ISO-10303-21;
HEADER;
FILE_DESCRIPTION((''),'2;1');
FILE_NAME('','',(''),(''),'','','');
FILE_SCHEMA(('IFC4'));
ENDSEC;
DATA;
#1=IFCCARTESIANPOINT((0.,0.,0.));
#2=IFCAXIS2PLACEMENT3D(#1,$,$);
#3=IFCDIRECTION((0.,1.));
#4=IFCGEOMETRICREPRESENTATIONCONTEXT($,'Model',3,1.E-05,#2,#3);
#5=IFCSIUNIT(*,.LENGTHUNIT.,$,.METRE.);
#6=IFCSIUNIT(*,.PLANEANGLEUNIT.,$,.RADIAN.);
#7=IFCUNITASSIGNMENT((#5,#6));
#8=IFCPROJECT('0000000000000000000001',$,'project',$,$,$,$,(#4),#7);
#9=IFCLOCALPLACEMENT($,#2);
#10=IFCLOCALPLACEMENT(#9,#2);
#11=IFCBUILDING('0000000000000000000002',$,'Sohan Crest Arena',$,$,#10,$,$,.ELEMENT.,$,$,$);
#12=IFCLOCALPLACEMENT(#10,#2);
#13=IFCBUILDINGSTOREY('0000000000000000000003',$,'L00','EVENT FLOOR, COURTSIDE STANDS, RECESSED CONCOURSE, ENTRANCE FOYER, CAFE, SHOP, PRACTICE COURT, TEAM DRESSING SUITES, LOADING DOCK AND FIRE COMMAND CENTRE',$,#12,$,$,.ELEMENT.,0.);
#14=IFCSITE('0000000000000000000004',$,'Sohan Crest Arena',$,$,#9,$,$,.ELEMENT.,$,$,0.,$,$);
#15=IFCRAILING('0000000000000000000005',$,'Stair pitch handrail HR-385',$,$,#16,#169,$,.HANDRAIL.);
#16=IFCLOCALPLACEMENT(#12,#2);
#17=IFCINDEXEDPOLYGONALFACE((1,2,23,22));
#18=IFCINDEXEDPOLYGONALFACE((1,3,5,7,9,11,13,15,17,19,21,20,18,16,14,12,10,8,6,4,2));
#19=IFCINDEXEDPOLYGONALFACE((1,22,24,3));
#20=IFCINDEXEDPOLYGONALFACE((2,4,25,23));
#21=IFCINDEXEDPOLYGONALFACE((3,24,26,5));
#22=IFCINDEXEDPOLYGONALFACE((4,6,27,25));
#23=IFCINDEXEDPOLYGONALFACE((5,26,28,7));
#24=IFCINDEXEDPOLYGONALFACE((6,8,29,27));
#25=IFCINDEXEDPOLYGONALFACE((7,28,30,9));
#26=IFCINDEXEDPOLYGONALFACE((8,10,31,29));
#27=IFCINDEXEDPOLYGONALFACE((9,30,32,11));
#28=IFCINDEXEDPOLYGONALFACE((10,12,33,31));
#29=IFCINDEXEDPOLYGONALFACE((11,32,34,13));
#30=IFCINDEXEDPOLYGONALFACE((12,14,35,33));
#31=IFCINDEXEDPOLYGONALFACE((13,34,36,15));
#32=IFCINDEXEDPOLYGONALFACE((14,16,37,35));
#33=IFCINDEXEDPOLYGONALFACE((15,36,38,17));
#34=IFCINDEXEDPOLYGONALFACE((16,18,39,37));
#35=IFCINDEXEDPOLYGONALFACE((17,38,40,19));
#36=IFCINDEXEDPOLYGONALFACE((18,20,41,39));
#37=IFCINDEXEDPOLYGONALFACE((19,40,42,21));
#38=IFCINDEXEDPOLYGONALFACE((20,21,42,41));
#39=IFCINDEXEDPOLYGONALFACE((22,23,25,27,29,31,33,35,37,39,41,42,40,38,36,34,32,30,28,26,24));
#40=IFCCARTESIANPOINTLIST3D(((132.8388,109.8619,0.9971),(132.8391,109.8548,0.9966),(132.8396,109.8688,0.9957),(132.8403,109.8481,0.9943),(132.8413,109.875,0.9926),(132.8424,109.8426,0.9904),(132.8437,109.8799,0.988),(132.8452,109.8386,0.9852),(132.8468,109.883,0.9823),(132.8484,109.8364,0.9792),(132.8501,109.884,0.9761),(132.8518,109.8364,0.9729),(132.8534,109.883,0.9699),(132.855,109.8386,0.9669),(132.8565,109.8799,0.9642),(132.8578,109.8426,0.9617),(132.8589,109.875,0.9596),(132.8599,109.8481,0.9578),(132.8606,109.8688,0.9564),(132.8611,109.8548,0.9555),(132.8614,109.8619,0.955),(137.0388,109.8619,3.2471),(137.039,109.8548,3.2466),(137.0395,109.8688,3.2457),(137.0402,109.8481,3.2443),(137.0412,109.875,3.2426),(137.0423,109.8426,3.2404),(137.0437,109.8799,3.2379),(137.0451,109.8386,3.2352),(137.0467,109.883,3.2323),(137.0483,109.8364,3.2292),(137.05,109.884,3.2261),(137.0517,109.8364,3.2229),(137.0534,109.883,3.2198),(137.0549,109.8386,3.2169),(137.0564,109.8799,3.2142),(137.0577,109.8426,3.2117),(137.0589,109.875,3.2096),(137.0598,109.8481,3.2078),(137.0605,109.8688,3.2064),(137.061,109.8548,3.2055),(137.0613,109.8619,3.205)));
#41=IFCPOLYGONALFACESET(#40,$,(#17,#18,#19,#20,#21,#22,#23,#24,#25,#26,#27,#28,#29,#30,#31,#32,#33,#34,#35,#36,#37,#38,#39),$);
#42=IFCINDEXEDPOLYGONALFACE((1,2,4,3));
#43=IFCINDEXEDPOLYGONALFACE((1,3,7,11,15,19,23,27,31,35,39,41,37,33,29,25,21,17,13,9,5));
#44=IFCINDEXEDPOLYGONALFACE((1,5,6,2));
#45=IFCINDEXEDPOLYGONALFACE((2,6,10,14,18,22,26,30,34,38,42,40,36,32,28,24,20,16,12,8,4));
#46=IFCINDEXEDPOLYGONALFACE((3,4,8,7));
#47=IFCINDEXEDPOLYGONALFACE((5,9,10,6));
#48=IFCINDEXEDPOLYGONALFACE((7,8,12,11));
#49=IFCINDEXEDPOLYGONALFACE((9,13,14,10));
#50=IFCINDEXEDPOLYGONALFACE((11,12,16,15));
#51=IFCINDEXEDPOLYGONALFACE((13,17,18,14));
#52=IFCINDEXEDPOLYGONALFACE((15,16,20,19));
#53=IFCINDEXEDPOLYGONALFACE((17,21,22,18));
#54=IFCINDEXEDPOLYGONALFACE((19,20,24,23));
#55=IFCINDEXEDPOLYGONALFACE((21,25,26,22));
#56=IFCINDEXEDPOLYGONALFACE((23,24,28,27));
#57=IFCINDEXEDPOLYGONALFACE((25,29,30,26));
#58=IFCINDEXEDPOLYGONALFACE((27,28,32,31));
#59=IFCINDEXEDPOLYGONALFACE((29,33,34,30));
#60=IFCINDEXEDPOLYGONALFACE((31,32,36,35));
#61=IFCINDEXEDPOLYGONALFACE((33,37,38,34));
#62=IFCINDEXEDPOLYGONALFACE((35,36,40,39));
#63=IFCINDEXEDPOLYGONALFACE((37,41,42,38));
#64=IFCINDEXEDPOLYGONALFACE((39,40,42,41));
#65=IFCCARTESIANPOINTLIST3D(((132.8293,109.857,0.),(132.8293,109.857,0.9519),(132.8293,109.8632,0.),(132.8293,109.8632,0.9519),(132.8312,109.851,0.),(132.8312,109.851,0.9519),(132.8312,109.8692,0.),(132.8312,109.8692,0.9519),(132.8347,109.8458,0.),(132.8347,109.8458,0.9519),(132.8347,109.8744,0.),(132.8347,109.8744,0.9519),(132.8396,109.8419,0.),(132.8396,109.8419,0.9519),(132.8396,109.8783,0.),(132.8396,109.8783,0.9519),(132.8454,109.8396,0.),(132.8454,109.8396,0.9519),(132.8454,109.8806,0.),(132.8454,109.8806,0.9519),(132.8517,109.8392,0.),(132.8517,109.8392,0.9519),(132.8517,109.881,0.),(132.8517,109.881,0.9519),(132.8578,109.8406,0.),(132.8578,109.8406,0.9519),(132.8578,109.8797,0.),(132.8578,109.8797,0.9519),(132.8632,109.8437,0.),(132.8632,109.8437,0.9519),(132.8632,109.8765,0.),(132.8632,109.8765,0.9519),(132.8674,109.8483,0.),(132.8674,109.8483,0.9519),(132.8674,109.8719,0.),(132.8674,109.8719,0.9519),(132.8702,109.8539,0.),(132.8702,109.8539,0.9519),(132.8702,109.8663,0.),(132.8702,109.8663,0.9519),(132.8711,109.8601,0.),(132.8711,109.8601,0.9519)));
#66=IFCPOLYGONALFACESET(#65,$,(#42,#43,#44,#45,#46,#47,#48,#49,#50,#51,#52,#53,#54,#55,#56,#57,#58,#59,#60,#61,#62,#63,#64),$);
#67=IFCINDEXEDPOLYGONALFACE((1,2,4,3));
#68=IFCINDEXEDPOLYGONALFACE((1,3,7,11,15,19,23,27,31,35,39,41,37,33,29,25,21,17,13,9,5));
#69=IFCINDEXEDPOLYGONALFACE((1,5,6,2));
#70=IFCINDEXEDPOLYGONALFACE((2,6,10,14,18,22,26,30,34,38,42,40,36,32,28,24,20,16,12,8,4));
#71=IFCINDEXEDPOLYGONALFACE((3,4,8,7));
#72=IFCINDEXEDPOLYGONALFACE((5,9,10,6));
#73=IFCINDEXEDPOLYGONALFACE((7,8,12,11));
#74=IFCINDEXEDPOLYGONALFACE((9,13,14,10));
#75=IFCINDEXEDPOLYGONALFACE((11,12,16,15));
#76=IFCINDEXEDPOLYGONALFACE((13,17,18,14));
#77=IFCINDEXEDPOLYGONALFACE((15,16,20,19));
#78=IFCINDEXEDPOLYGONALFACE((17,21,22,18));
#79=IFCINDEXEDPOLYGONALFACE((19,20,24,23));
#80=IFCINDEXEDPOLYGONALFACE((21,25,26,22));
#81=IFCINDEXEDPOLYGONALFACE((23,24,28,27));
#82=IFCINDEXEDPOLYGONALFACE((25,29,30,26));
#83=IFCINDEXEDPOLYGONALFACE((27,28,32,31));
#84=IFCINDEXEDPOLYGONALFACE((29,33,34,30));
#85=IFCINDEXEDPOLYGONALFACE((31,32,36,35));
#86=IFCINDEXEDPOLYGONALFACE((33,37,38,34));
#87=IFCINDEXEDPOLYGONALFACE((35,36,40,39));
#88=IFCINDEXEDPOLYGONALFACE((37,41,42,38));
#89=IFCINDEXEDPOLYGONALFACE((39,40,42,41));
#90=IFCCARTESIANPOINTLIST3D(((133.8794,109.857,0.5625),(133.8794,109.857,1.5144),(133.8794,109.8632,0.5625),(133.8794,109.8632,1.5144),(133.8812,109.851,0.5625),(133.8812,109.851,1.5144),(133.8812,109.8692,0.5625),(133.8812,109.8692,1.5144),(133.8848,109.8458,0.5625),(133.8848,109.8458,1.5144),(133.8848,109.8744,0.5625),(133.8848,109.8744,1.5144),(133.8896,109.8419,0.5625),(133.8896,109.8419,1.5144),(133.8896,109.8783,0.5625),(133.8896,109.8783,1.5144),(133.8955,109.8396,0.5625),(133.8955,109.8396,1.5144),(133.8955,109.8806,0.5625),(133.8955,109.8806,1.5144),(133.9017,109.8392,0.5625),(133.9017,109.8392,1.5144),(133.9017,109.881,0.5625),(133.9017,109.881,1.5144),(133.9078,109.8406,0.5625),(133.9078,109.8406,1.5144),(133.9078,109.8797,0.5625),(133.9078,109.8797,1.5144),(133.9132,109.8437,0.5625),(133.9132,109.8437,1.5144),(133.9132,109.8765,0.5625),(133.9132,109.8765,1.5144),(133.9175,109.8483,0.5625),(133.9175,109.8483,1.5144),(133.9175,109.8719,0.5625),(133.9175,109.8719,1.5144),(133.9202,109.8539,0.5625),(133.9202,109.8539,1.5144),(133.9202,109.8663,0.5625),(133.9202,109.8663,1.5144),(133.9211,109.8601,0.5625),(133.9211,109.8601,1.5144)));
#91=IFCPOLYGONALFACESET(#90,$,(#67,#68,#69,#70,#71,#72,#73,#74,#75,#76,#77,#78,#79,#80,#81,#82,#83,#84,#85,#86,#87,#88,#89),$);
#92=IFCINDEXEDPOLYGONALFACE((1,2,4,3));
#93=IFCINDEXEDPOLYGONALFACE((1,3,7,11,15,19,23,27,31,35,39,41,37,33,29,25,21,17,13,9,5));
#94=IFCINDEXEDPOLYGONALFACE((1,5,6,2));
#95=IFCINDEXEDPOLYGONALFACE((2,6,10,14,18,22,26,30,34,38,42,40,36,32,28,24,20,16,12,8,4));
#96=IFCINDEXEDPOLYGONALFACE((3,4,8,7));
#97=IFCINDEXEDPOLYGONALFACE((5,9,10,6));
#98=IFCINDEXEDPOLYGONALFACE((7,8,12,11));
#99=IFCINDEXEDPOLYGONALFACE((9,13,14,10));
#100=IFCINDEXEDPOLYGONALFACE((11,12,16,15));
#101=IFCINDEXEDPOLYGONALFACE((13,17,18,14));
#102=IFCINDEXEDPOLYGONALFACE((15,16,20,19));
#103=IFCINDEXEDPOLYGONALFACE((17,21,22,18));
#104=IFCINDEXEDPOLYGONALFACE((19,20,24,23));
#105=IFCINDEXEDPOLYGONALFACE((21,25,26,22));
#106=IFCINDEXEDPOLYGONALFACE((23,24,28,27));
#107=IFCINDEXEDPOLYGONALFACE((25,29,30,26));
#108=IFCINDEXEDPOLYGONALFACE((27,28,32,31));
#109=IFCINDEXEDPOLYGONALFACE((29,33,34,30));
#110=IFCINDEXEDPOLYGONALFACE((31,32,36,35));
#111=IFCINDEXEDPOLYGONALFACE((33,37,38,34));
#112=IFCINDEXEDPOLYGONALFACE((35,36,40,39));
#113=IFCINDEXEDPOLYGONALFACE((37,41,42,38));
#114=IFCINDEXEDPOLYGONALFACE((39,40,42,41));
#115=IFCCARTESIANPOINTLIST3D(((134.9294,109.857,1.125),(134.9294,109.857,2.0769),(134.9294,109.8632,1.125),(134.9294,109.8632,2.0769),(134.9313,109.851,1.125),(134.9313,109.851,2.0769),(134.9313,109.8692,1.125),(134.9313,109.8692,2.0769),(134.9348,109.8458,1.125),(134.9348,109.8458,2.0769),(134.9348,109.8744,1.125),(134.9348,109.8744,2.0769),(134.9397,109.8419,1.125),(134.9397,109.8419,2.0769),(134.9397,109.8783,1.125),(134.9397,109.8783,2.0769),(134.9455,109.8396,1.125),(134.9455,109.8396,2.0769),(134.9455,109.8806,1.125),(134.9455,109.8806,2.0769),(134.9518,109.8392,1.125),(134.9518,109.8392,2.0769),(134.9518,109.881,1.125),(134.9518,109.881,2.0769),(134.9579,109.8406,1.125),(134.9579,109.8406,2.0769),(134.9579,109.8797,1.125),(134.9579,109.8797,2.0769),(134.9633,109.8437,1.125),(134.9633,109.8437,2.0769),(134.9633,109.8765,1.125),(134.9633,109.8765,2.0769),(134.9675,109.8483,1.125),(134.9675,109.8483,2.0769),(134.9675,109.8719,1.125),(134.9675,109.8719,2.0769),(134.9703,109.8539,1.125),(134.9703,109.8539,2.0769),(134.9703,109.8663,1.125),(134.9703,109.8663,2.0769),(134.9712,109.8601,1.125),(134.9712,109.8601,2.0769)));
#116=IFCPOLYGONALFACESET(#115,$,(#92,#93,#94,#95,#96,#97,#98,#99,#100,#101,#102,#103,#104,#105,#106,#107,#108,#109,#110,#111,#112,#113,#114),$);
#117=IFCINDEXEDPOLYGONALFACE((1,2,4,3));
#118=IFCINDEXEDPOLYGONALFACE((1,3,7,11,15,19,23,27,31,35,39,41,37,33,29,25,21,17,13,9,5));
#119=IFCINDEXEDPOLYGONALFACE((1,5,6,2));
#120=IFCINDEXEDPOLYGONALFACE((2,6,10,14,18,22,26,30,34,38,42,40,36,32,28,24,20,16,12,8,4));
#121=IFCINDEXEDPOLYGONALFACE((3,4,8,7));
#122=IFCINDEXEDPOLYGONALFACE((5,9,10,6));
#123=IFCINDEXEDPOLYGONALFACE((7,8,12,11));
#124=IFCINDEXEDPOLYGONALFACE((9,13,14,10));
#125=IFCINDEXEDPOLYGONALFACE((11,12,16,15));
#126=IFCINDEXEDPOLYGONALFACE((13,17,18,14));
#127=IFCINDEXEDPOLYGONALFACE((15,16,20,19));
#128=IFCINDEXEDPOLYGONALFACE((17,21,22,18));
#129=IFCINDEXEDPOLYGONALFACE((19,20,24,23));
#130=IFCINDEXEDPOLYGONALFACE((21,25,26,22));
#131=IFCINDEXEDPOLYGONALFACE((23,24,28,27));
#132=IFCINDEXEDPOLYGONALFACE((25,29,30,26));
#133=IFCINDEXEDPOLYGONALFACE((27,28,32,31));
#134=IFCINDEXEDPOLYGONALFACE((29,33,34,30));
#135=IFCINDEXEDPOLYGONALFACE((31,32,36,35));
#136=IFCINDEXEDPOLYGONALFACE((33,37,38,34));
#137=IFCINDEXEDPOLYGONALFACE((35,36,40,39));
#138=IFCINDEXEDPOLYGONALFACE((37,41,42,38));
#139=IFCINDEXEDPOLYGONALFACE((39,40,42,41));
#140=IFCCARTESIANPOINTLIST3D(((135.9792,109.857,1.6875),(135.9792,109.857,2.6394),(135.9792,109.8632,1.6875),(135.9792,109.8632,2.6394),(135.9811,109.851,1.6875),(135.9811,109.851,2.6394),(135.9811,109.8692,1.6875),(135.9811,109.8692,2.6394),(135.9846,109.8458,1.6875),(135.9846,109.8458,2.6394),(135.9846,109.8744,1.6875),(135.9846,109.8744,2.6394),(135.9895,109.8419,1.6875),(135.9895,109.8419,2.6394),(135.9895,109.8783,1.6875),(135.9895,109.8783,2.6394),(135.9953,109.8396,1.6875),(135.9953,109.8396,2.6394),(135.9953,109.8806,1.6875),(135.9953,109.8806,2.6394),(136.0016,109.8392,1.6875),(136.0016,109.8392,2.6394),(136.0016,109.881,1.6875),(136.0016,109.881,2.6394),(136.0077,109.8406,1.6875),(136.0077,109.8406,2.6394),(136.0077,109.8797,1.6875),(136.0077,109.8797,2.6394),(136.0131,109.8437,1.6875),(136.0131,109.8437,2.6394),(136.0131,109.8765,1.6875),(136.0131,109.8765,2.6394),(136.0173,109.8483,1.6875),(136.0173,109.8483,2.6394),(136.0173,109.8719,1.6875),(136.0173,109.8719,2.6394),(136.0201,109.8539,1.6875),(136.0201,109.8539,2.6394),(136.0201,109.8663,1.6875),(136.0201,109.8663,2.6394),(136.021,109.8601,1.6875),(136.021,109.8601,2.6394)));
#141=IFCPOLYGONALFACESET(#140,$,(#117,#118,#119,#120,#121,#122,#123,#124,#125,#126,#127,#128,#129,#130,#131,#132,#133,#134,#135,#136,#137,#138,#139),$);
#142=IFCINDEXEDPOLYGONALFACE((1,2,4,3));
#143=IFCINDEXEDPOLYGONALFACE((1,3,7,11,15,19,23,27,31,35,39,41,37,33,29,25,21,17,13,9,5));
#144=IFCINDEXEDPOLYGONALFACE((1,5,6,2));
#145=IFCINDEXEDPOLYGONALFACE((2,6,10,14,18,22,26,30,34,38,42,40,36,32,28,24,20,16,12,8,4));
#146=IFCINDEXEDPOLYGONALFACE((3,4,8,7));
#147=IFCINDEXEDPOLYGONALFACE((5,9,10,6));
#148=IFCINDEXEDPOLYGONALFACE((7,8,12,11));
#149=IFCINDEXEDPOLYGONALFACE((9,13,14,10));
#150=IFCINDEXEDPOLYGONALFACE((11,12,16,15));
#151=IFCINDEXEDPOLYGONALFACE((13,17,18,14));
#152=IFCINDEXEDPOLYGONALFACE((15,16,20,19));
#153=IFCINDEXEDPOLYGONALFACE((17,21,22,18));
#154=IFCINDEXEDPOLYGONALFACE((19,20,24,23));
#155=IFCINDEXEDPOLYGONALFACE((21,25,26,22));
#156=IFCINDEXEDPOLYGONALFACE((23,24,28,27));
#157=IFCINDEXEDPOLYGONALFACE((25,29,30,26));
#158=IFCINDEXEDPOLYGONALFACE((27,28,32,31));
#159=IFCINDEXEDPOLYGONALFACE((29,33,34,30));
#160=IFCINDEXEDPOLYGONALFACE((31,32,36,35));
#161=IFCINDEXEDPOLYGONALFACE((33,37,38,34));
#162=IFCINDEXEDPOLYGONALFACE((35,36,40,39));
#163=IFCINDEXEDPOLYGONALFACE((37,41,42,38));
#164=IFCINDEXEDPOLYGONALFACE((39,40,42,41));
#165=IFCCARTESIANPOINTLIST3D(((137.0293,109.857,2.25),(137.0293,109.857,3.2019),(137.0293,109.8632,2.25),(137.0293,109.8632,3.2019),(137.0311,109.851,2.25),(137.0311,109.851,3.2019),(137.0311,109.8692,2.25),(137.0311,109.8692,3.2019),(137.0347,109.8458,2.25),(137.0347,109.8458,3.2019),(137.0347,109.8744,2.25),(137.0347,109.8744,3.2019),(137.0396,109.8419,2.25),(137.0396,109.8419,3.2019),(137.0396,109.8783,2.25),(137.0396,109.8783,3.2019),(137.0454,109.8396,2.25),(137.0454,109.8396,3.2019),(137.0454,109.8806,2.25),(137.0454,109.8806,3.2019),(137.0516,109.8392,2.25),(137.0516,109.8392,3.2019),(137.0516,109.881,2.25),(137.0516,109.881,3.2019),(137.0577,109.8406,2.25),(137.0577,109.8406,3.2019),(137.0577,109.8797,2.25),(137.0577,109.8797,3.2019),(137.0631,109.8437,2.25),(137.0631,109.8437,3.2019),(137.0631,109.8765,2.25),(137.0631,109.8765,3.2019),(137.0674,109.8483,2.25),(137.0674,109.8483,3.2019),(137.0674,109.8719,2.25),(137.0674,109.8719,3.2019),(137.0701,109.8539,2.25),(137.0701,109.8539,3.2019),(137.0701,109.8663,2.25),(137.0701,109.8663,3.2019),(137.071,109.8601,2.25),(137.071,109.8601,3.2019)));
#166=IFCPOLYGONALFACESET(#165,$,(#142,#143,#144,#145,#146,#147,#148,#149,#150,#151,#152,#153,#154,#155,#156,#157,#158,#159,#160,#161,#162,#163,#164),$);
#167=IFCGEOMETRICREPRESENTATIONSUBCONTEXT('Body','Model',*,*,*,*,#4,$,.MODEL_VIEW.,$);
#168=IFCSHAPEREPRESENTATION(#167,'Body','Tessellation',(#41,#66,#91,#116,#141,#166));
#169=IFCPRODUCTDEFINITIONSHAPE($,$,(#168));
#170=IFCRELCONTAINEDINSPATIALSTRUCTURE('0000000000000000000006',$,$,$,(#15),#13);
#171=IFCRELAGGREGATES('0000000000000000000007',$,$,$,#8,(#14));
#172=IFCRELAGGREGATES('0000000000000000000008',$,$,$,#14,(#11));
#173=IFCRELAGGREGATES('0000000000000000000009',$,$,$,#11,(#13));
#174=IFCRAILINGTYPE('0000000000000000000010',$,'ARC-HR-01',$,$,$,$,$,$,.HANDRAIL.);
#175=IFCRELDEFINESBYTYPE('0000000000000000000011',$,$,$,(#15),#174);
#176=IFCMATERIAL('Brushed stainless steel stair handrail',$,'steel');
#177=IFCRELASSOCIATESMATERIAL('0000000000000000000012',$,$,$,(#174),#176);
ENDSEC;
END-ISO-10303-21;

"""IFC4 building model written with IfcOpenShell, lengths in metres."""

from ifc_helpers import new_model, si_unit, direction, frame, origin, origin_2d, place, context, subcontext, project, spatial, circle, extrude, material, type_object, element, save


model = new_model("IFC4")

# Units and contexts
model_context = context("Model", 3, precision=1e-05, world=origin(), true_north=direction((0.0, 1.0)))
body_context = subcontext(model_context, "Body", "Model", "MODEL_VIEW")
ifc_project = project(units=[si_unit("LENGTHUNIT", "METRE"), si_unit("PLANEANGLEUNIT", "RADIAN")], contexts=[model_context])

# Site, building, storey
site_placement = place(None, origin())
site = spatial("IfcSite", under=ifc_project, at=site_placement, Name="Sohan Crest Arena", CompositionType="ELEMENT", RefElevation=0.0)
building_placement = place(site_placement, origin())
building = spatial("IfcBuilding", under=site, at=building_placement, Name="Sohan Crest Arena", CompositionType="ELEMENT")
storey_placement = place(building_placement, origin())
storey = spatial("IfcBuildingStorey", under=building, at=storey_placement, Name="L00", Description="EVENT FLOOR, COURTSIDE STANDS, RECESSED CONCOURSE, ENTRANCE FOYER, CAFE, SHOP, PRACTICE COURT, TEAM DRESSING SUITES, LOADING DOCK AND FIRE COMMAND CENTRE", CompositionType="ELEMENT", Elevation=0.0)

# Railing
ifc_material_1 = material(Name="Brushed stainless steel stair handrail", Category="steel")
railing_type_1 = type_object("IfcRailingType", Name="ARC-HR-01", PredefinedType="HANDRAIL", material=ifc_material_1)
for number, where, name in (
    (1, (132.8501, 109.8601, 0.0), "Stair pitch handrail HR-385"),
):
    element("IfcRailing", number, at=place(storey_placement, frame(where)), inside=storey, type_object=railing_type_1, Name=name, PredefinedType="HANDRAIL", context=body_context, shape_type="SweptSolid", body=[
        extrude(circle(Radius=0.0239, at=origin_2d()), frame((0.0, 0.0, 0.9761), z_axis=(0.881478, 0.0, 0.472226), x_axis=(0.0, 1.0, 0.0)), (0.0, 0.0, 1.0), 4.7646),
        extrude(circle(Radius=0.021, at=origin_2d()), origin(), (0.0, 0.0, 1.0), 0.9519),
        extrude(circle(Radius=0.021, at=origin_2d()), frame((1.05, 0.0, 0.5625)), (0.0, 0.0, 1.0), 0.9519),
        extrude(circle(Radius=0.021, at=origin_2d()), frame((2.1001, 0.0, 1.125)), (0.0, 0.0, 1.0), 0.9519),
        extrude(circle(Radius=0.021, at=origin_2d()), frame((3.1499, 0.0, 1.6875)), (0.0, 0.0, 1.0), 0.9519),
        extrude(circle(Radius=0.021, at=origin_2d()), frame((4.2, 0.0, 2.25)), (0.0, 0.0, 1.0), 0.9519),
    ])

save(model, "model.ifc")
